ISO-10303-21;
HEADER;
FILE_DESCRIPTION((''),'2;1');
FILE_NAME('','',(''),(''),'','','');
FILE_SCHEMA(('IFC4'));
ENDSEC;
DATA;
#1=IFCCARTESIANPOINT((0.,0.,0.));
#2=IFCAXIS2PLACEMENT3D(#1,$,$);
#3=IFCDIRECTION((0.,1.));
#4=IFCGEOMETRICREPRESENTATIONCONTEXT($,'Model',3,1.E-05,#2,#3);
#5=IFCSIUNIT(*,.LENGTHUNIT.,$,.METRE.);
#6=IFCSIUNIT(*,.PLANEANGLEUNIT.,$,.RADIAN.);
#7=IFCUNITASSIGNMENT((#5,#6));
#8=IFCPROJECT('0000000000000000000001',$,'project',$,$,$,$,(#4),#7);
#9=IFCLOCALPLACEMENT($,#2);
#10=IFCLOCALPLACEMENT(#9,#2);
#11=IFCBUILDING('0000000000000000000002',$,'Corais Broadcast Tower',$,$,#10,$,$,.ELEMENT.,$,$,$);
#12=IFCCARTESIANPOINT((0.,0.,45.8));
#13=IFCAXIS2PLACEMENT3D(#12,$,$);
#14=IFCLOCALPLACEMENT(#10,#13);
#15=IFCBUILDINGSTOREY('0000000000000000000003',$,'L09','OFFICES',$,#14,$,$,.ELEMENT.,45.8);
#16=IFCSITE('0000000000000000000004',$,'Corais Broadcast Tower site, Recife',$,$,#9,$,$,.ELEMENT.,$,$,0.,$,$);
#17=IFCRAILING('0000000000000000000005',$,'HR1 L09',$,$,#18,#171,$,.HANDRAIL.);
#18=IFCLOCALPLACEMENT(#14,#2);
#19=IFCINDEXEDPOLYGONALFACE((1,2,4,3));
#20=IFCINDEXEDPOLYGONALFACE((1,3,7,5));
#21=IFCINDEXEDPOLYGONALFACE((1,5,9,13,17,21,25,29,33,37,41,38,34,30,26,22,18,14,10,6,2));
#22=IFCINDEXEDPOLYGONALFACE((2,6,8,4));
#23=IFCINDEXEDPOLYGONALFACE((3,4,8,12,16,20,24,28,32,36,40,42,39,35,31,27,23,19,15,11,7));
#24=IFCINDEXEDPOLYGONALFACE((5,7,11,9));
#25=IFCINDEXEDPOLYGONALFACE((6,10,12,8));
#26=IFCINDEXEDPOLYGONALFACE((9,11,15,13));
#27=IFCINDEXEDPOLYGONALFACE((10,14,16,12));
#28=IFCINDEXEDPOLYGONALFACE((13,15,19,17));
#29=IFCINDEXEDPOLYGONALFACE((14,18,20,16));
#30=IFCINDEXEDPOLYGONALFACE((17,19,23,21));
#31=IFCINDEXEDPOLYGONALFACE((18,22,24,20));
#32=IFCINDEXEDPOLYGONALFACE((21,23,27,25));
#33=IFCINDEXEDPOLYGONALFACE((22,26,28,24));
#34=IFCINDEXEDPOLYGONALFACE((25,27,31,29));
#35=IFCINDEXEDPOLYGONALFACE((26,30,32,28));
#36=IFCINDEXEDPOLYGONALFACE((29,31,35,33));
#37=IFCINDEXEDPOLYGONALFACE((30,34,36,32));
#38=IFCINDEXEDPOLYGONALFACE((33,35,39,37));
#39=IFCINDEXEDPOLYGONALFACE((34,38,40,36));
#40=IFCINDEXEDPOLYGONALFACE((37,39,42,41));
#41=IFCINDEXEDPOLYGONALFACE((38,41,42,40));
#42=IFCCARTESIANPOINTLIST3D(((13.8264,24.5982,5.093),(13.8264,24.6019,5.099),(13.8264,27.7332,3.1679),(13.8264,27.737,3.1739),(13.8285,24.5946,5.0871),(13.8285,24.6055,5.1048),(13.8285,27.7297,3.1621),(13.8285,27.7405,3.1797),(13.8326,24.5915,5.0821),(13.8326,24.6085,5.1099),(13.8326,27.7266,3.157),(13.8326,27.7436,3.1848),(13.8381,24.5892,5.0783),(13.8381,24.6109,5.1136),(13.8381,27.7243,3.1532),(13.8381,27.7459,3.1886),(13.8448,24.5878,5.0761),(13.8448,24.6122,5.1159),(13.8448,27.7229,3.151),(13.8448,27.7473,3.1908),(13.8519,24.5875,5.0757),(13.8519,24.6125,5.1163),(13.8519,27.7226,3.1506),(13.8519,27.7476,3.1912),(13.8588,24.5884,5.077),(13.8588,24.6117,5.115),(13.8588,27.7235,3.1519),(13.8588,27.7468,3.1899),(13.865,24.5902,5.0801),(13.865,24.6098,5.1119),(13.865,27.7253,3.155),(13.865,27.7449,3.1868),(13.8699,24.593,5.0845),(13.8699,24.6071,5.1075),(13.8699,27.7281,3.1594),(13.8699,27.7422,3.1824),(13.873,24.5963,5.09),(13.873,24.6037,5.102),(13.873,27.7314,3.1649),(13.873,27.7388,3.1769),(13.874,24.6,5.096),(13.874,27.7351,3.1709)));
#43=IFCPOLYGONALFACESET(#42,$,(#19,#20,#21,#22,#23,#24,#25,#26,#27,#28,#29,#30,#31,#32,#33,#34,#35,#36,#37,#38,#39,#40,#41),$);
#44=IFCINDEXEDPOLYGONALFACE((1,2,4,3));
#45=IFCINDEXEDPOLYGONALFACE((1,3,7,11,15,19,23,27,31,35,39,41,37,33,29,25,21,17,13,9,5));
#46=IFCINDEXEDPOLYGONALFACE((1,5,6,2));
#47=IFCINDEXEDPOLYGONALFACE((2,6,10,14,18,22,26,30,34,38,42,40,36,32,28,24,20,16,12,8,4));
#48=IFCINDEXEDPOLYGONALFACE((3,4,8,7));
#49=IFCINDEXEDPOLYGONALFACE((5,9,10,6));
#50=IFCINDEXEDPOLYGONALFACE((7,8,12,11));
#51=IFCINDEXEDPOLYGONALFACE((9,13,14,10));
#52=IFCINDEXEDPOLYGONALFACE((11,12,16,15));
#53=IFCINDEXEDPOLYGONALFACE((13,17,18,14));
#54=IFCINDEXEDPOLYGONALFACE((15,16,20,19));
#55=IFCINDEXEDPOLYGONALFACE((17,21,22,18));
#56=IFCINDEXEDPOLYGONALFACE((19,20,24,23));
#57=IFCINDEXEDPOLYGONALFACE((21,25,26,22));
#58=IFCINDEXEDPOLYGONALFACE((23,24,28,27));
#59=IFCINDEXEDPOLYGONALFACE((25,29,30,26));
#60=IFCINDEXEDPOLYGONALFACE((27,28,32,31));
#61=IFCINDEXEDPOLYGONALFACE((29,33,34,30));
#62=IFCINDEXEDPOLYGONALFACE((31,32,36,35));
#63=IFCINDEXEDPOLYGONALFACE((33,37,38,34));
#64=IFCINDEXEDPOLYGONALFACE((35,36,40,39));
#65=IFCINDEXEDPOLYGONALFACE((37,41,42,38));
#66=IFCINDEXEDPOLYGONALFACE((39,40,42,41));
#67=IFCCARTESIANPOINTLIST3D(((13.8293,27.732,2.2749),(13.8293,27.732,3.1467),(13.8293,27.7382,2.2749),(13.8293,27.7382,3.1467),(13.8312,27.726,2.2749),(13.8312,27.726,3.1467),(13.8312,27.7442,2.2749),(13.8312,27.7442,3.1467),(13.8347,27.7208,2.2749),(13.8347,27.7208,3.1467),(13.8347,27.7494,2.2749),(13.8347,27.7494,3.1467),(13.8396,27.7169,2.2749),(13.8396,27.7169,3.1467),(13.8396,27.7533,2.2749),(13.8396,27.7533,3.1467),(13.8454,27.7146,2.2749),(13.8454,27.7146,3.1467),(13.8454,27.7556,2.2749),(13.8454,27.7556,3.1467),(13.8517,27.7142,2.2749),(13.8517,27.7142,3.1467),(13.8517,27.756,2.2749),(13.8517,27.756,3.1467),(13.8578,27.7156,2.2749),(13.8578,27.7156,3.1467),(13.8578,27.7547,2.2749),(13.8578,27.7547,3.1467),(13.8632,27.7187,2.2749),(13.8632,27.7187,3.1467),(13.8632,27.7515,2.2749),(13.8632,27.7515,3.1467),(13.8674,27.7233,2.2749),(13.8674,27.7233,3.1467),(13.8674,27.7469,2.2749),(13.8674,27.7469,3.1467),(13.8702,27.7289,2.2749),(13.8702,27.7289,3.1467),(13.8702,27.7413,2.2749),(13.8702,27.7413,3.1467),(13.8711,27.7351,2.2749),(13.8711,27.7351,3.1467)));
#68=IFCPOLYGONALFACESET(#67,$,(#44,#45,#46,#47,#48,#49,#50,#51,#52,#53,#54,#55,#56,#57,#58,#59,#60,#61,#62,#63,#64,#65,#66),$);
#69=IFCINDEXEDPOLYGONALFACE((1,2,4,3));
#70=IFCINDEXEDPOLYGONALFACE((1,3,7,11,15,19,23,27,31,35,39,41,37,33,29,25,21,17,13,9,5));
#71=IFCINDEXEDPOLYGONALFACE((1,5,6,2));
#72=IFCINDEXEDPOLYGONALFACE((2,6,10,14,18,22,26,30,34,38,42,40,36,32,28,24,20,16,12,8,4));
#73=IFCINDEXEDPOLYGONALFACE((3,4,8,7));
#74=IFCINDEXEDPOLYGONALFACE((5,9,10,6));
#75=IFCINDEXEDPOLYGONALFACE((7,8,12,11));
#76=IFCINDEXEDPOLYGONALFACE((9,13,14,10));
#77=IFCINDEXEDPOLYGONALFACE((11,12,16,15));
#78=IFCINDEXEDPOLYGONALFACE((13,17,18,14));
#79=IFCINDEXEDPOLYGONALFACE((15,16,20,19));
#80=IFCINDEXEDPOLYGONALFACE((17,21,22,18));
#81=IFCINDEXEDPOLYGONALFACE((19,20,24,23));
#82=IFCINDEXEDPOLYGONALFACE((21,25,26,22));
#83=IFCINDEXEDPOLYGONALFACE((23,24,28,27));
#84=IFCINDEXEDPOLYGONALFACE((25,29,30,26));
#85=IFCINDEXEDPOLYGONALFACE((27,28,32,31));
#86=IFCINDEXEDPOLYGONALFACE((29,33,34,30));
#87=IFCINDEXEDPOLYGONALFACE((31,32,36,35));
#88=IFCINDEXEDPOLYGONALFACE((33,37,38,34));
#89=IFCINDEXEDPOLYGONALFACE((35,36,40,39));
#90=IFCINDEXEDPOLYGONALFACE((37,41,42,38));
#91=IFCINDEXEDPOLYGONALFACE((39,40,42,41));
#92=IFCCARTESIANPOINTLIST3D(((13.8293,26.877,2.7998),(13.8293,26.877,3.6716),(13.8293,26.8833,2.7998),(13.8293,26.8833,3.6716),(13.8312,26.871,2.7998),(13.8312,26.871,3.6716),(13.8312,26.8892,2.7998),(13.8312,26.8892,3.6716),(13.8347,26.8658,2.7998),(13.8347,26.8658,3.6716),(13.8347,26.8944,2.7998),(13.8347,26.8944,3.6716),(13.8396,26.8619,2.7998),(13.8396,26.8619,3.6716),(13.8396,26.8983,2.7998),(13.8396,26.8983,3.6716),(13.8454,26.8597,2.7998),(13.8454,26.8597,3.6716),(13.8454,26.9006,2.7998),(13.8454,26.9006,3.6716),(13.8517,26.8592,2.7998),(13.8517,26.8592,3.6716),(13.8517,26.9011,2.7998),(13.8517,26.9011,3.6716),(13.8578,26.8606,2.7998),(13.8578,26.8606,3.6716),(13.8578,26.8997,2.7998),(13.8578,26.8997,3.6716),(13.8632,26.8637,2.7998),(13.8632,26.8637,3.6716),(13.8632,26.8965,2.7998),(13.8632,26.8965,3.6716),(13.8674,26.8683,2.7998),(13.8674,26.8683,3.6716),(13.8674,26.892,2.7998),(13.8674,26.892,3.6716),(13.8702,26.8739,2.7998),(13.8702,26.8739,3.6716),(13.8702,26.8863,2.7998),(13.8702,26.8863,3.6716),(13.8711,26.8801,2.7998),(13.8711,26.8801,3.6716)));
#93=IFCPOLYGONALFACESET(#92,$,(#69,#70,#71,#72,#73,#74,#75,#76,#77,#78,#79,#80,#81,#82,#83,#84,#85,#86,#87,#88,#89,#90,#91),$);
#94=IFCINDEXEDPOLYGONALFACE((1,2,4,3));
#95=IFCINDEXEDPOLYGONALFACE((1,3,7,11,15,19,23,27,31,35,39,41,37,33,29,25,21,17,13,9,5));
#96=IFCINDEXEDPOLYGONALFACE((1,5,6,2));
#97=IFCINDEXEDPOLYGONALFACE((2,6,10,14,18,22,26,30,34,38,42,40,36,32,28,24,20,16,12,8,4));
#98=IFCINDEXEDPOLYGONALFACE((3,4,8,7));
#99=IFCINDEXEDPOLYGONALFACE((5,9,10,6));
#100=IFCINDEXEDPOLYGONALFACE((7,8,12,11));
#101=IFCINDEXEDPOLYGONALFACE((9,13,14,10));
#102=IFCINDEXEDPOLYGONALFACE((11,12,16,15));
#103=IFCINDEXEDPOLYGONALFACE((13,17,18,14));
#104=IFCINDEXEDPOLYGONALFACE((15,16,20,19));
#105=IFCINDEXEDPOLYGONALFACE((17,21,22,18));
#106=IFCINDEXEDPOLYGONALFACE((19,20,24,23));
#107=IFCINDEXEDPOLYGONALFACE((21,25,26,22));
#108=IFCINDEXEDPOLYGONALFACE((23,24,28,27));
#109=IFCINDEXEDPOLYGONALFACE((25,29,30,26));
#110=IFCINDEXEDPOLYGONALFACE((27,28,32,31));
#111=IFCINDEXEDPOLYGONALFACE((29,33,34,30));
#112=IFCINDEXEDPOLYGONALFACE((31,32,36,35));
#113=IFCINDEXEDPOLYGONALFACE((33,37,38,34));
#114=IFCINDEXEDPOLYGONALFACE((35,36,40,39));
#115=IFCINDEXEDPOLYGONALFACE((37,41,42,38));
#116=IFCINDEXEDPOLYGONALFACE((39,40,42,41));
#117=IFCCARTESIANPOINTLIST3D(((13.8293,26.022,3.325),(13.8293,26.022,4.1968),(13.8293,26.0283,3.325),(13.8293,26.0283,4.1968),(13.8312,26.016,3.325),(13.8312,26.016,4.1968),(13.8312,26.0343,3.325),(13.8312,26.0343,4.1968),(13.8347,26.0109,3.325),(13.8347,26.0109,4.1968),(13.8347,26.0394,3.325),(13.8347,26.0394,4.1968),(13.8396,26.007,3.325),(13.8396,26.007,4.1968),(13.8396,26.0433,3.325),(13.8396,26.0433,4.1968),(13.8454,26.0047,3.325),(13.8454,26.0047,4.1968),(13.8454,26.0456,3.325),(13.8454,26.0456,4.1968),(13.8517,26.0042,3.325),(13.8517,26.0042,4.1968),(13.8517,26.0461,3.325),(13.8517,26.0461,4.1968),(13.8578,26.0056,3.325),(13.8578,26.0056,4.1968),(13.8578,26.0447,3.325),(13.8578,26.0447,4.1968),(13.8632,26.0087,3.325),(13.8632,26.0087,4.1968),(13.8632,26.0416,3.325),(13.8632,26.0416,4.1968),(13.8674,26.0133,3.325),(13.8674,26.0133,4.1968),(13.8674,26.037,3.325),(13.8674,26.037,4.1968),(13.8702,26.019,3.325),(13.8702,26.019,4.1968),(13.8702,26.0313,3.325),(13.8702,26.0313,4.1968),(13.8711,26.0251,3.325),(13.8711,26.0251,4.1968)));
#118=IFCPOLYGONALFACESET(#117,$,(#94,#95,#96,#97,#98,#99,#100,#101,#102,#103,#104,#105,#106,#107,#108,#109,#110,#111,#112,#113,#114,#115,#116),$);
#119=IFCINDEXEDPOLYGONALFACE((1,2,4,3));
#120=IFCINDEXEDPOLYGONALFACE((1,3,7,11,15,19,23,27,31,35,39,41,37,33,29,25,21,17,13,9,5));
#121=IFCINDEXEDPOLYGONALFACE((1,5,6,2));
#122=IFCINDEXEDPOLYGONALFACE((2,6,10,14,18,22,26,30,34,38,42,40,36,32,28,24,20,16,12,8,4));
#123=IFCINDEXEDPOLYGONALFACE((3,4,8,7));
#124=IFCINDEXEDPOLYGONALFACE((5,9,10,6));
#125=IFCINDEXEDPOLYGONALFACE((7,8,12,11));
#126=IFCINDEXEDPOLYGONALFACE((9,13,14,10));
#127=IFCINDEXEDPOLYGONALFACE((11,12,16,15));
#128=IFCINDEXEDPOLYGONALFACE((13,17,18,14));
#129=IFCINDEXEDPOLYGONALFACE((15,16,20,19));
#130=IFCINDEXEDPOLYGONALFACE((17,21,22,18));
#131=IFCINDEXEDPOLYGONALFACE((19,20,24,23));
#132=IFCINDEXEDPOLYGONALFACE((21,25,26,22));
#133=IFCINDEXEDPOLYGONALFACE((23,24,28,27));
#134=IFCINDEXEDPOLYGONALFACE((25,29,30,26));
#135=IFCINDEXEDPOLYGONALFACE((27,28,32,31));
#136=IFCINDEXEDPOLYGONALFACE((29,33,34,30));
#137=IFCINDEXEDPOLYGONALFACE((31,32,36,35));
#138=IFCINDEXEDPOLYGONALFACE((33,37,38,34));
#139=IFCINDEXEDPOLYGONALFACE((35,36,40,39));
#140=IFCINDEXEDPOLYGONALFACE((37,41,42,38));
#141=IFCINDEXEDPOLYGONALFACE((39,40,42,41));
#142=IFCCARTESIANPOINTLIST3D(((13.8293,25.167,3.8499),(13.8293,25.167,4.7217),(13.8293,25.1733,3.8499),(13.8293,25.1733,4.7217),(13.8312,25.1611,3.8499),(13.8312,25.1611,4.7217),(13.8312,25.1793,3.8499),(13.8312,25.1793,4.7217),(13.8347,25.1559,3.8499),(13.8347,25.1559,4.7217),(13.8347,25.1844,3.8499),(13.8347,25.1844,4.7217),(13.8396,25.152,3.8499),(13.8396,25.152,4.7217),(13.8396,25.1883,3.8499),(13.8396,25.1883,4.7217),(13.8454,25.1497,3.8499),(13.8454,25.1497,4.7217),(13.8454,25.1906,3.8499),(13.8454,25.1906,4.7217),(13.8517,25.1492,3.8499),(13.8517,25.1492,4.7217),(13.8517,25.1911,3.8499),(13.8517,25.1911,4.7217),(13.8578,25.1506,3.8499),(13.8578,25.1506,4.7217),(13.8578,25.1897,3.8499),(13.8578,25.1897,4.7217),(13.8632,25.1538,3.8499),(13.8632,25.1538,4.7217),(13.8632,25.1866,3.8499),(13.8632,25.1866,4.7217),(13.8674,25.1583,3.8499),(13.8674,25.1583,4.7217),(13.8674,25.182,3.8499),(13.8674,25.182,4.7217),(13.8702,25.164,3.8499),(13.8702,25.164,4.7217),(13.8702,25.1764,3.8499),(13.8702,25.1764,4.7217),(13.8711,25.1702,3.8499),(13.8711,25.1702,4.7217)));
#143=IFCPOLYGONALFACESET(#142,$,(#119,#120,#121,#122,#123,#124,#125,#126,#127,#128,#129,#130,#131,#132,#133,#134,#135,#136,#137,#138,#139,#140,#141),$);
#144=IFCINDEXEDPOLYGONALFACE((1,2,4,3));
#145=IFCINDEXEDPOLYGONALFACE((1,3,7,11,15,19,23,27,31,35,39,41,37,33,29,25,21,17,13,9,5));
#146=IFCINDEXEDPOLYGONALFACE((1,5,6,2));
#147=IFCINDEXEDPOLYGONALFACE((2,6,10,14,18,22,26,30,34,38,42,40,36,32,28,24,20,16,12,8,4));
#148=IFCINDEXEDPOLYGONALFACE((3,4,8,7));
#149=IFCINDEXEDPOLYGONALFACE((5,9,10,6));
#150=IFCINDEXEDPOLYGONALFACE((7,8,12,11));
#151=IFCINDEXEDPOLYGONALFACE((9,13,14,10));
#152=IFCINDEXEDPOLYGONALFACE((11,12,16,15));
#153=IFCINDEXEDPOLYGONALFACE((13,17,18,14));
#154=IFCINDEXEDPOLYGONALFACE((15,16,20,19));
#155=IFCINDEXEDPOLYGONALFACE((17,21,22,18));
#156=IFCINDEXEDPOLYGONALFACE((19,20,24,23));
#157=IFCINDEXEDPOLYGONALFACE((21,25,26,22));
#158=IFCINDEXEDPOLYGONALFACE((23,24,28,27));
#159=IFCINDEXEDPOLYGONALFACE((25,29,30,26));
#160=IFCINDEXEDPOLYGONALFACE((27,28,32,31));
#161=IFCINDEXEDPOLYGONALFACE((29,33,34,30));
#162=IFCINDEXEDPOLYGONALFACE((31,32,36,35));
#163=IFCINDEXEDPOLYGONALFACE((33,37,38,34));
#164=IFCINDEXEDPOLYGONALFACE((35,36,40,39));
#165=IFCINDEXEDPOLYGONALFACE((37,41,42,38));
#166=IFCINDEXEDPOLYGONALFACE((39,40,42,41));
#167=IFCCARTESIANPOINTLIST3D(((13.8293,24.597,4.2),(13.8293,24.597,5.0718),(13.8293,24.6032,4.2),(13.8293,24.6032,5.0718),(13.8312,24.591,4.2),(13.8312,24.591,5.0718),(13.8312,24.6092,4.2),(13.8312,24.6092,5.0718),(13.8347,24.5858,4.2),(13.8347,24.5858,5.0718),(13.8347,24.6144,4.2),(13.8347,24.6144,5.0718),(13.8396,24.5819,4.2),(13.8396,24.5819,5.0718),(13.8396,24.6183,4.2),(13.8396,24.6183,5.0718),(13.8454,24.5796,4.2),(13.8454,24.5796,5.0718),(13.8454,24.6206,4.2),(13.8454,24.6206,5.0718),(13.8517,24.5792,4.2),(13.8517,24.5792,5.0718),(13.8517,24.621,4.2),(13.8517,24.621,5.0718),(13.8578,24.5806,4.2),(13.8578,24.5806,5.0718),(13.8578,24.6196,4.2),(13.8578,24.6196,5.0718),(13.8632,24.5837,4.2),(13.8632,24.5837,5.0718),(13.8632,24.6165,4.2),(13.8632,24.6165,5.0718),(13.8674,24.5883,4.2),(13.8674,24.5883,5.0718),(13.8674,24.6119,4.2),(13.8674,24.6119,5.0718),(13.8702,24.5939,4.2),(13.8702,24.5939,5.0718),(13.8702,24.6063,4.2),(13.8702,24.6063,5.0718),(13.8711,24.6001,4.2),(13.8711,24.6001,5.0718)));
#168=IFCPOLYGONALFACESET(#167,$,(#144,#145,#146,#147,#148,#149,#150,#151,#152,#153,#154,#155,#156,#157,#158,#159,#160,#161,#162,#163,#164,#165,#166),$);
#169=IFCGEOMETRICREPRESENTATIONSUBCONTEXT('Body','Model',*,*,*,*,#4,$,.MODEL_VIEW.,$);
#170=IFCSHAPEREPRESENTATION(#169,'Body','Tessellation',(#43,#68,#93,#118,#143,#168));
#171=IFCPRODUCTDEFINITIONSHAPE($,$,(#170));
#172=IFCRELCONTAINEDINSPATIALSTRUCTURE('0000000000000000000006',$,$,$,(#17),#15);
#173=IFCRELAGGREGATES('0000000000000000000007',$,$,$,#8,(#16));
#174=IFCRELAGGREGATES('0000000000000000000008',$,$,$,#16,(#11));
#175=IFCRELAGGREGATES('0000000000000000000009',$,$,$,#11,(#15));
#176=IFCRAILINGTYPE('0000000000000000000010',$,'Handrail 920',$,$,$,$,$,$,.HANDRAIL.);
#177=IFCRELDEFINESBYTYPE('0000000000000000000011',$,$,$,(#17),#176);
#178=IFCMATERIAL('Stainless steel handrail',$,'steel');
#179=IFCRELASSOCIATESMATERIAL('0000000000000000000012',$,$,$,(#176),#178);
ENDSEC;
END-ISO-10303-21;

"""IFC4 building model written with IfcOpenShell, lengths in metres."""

from ifc_helpers import new_model, si_unit, direction, frame, origin, origin_2d, place, context, subcontext, project, spatial, circle, extrude, material, type_object, element, save


model = new_model("IFC4")

# Units and contexts
model_context = context("Model", 3, precision=1e-05, world=origin(), true_north=direction((0.0, 1.0)))
body_context = subcontext(model_context, "Body", "Model", "MODEL_VIEW")
ifc_project = project(units=[si_unit("LENGTHUNIT", "METRE"), si_unit("PLANEANGLEUNIT", "RADIAN")], contexts=[model_context])

# Site, building, storey
site_placement = place(None, origin())
site = spatial("IfcSite", under=ifc_project, at=site_placement, Name="Corais Broadcast Tower site, Recife", CompositionType="ELEMENT", RefElevation=0.0)
building_placement = place(site_placement, origin())
building = spatial("IfcBuilding", under=site, at=building_placement, Name="Corais Broadcast Tower", CompositionType="ELEMENT")
storey_placement = place(building_placement, frame((0.0, 0.0, 45.8)))
storey = spatial("IfcBuildingStorey", under=building, at=storey_placement, Name="L09", Description="OFFICES", CompositionType="ELEMENT", Elevation=45.8)

# Railing
ifc_material_1 = material(Name="Stainless steel handrail", Category="steel")
railing_type = type_object("IfcRailingType", Name="Handrail 920", PredefinedType="HANDRAIL", material=ifc_material_1)
for number, where, name in (
    (1, (13.8501, 27.7351, 2.2749), "HR1 L09"),
):
    element("IfcRailing", number, at=place(storey_placement, frame(where)), inside=storey, type_object=railing_type, Name=name, PredefinedType="HANDRAIL", context=body_context, shape_type="SweptSolid", body=[
        extrude(circle(Radius=0.0239, at=origin_2d()), frame((0.0, 0.0, 0.896), z_axis=(0.0, -0.852166, 0.523271), x_axis=(1.0, 0.0, 0.0)), (0.0, 0.0, 1.0), 3.679),
        extrude(circle(Radius=0.021, at=origin_2d()), origin(), (0.0, 0.0, 1.0), 0.8718),
        extrude(circle(Radius=0.021, at=origin_2d()), frame((0.0, -0.855, 0.5249)), (0.0, 0.0, 1.0), 0.8718),
        extrude(circle(Radius=0.021, at=origin_2d()), frame((0.0, -1.71, 1.05)), (0.0, 0.0, 1.0), 0.8718),
        extrude(circle(Radius=0.021, at=origin_2d()), frame((0.0, -2.5649, 1.575)), (0.0, 0.0, 1.0), 0.8718),
        extrude(circle(Radius=0.021, at=origin_2d()), frame((0.0, -3.135, 1.925)), (0.0, 0.0, 1.0), 0.8718),
    ])

save(model, "model.ifc")
